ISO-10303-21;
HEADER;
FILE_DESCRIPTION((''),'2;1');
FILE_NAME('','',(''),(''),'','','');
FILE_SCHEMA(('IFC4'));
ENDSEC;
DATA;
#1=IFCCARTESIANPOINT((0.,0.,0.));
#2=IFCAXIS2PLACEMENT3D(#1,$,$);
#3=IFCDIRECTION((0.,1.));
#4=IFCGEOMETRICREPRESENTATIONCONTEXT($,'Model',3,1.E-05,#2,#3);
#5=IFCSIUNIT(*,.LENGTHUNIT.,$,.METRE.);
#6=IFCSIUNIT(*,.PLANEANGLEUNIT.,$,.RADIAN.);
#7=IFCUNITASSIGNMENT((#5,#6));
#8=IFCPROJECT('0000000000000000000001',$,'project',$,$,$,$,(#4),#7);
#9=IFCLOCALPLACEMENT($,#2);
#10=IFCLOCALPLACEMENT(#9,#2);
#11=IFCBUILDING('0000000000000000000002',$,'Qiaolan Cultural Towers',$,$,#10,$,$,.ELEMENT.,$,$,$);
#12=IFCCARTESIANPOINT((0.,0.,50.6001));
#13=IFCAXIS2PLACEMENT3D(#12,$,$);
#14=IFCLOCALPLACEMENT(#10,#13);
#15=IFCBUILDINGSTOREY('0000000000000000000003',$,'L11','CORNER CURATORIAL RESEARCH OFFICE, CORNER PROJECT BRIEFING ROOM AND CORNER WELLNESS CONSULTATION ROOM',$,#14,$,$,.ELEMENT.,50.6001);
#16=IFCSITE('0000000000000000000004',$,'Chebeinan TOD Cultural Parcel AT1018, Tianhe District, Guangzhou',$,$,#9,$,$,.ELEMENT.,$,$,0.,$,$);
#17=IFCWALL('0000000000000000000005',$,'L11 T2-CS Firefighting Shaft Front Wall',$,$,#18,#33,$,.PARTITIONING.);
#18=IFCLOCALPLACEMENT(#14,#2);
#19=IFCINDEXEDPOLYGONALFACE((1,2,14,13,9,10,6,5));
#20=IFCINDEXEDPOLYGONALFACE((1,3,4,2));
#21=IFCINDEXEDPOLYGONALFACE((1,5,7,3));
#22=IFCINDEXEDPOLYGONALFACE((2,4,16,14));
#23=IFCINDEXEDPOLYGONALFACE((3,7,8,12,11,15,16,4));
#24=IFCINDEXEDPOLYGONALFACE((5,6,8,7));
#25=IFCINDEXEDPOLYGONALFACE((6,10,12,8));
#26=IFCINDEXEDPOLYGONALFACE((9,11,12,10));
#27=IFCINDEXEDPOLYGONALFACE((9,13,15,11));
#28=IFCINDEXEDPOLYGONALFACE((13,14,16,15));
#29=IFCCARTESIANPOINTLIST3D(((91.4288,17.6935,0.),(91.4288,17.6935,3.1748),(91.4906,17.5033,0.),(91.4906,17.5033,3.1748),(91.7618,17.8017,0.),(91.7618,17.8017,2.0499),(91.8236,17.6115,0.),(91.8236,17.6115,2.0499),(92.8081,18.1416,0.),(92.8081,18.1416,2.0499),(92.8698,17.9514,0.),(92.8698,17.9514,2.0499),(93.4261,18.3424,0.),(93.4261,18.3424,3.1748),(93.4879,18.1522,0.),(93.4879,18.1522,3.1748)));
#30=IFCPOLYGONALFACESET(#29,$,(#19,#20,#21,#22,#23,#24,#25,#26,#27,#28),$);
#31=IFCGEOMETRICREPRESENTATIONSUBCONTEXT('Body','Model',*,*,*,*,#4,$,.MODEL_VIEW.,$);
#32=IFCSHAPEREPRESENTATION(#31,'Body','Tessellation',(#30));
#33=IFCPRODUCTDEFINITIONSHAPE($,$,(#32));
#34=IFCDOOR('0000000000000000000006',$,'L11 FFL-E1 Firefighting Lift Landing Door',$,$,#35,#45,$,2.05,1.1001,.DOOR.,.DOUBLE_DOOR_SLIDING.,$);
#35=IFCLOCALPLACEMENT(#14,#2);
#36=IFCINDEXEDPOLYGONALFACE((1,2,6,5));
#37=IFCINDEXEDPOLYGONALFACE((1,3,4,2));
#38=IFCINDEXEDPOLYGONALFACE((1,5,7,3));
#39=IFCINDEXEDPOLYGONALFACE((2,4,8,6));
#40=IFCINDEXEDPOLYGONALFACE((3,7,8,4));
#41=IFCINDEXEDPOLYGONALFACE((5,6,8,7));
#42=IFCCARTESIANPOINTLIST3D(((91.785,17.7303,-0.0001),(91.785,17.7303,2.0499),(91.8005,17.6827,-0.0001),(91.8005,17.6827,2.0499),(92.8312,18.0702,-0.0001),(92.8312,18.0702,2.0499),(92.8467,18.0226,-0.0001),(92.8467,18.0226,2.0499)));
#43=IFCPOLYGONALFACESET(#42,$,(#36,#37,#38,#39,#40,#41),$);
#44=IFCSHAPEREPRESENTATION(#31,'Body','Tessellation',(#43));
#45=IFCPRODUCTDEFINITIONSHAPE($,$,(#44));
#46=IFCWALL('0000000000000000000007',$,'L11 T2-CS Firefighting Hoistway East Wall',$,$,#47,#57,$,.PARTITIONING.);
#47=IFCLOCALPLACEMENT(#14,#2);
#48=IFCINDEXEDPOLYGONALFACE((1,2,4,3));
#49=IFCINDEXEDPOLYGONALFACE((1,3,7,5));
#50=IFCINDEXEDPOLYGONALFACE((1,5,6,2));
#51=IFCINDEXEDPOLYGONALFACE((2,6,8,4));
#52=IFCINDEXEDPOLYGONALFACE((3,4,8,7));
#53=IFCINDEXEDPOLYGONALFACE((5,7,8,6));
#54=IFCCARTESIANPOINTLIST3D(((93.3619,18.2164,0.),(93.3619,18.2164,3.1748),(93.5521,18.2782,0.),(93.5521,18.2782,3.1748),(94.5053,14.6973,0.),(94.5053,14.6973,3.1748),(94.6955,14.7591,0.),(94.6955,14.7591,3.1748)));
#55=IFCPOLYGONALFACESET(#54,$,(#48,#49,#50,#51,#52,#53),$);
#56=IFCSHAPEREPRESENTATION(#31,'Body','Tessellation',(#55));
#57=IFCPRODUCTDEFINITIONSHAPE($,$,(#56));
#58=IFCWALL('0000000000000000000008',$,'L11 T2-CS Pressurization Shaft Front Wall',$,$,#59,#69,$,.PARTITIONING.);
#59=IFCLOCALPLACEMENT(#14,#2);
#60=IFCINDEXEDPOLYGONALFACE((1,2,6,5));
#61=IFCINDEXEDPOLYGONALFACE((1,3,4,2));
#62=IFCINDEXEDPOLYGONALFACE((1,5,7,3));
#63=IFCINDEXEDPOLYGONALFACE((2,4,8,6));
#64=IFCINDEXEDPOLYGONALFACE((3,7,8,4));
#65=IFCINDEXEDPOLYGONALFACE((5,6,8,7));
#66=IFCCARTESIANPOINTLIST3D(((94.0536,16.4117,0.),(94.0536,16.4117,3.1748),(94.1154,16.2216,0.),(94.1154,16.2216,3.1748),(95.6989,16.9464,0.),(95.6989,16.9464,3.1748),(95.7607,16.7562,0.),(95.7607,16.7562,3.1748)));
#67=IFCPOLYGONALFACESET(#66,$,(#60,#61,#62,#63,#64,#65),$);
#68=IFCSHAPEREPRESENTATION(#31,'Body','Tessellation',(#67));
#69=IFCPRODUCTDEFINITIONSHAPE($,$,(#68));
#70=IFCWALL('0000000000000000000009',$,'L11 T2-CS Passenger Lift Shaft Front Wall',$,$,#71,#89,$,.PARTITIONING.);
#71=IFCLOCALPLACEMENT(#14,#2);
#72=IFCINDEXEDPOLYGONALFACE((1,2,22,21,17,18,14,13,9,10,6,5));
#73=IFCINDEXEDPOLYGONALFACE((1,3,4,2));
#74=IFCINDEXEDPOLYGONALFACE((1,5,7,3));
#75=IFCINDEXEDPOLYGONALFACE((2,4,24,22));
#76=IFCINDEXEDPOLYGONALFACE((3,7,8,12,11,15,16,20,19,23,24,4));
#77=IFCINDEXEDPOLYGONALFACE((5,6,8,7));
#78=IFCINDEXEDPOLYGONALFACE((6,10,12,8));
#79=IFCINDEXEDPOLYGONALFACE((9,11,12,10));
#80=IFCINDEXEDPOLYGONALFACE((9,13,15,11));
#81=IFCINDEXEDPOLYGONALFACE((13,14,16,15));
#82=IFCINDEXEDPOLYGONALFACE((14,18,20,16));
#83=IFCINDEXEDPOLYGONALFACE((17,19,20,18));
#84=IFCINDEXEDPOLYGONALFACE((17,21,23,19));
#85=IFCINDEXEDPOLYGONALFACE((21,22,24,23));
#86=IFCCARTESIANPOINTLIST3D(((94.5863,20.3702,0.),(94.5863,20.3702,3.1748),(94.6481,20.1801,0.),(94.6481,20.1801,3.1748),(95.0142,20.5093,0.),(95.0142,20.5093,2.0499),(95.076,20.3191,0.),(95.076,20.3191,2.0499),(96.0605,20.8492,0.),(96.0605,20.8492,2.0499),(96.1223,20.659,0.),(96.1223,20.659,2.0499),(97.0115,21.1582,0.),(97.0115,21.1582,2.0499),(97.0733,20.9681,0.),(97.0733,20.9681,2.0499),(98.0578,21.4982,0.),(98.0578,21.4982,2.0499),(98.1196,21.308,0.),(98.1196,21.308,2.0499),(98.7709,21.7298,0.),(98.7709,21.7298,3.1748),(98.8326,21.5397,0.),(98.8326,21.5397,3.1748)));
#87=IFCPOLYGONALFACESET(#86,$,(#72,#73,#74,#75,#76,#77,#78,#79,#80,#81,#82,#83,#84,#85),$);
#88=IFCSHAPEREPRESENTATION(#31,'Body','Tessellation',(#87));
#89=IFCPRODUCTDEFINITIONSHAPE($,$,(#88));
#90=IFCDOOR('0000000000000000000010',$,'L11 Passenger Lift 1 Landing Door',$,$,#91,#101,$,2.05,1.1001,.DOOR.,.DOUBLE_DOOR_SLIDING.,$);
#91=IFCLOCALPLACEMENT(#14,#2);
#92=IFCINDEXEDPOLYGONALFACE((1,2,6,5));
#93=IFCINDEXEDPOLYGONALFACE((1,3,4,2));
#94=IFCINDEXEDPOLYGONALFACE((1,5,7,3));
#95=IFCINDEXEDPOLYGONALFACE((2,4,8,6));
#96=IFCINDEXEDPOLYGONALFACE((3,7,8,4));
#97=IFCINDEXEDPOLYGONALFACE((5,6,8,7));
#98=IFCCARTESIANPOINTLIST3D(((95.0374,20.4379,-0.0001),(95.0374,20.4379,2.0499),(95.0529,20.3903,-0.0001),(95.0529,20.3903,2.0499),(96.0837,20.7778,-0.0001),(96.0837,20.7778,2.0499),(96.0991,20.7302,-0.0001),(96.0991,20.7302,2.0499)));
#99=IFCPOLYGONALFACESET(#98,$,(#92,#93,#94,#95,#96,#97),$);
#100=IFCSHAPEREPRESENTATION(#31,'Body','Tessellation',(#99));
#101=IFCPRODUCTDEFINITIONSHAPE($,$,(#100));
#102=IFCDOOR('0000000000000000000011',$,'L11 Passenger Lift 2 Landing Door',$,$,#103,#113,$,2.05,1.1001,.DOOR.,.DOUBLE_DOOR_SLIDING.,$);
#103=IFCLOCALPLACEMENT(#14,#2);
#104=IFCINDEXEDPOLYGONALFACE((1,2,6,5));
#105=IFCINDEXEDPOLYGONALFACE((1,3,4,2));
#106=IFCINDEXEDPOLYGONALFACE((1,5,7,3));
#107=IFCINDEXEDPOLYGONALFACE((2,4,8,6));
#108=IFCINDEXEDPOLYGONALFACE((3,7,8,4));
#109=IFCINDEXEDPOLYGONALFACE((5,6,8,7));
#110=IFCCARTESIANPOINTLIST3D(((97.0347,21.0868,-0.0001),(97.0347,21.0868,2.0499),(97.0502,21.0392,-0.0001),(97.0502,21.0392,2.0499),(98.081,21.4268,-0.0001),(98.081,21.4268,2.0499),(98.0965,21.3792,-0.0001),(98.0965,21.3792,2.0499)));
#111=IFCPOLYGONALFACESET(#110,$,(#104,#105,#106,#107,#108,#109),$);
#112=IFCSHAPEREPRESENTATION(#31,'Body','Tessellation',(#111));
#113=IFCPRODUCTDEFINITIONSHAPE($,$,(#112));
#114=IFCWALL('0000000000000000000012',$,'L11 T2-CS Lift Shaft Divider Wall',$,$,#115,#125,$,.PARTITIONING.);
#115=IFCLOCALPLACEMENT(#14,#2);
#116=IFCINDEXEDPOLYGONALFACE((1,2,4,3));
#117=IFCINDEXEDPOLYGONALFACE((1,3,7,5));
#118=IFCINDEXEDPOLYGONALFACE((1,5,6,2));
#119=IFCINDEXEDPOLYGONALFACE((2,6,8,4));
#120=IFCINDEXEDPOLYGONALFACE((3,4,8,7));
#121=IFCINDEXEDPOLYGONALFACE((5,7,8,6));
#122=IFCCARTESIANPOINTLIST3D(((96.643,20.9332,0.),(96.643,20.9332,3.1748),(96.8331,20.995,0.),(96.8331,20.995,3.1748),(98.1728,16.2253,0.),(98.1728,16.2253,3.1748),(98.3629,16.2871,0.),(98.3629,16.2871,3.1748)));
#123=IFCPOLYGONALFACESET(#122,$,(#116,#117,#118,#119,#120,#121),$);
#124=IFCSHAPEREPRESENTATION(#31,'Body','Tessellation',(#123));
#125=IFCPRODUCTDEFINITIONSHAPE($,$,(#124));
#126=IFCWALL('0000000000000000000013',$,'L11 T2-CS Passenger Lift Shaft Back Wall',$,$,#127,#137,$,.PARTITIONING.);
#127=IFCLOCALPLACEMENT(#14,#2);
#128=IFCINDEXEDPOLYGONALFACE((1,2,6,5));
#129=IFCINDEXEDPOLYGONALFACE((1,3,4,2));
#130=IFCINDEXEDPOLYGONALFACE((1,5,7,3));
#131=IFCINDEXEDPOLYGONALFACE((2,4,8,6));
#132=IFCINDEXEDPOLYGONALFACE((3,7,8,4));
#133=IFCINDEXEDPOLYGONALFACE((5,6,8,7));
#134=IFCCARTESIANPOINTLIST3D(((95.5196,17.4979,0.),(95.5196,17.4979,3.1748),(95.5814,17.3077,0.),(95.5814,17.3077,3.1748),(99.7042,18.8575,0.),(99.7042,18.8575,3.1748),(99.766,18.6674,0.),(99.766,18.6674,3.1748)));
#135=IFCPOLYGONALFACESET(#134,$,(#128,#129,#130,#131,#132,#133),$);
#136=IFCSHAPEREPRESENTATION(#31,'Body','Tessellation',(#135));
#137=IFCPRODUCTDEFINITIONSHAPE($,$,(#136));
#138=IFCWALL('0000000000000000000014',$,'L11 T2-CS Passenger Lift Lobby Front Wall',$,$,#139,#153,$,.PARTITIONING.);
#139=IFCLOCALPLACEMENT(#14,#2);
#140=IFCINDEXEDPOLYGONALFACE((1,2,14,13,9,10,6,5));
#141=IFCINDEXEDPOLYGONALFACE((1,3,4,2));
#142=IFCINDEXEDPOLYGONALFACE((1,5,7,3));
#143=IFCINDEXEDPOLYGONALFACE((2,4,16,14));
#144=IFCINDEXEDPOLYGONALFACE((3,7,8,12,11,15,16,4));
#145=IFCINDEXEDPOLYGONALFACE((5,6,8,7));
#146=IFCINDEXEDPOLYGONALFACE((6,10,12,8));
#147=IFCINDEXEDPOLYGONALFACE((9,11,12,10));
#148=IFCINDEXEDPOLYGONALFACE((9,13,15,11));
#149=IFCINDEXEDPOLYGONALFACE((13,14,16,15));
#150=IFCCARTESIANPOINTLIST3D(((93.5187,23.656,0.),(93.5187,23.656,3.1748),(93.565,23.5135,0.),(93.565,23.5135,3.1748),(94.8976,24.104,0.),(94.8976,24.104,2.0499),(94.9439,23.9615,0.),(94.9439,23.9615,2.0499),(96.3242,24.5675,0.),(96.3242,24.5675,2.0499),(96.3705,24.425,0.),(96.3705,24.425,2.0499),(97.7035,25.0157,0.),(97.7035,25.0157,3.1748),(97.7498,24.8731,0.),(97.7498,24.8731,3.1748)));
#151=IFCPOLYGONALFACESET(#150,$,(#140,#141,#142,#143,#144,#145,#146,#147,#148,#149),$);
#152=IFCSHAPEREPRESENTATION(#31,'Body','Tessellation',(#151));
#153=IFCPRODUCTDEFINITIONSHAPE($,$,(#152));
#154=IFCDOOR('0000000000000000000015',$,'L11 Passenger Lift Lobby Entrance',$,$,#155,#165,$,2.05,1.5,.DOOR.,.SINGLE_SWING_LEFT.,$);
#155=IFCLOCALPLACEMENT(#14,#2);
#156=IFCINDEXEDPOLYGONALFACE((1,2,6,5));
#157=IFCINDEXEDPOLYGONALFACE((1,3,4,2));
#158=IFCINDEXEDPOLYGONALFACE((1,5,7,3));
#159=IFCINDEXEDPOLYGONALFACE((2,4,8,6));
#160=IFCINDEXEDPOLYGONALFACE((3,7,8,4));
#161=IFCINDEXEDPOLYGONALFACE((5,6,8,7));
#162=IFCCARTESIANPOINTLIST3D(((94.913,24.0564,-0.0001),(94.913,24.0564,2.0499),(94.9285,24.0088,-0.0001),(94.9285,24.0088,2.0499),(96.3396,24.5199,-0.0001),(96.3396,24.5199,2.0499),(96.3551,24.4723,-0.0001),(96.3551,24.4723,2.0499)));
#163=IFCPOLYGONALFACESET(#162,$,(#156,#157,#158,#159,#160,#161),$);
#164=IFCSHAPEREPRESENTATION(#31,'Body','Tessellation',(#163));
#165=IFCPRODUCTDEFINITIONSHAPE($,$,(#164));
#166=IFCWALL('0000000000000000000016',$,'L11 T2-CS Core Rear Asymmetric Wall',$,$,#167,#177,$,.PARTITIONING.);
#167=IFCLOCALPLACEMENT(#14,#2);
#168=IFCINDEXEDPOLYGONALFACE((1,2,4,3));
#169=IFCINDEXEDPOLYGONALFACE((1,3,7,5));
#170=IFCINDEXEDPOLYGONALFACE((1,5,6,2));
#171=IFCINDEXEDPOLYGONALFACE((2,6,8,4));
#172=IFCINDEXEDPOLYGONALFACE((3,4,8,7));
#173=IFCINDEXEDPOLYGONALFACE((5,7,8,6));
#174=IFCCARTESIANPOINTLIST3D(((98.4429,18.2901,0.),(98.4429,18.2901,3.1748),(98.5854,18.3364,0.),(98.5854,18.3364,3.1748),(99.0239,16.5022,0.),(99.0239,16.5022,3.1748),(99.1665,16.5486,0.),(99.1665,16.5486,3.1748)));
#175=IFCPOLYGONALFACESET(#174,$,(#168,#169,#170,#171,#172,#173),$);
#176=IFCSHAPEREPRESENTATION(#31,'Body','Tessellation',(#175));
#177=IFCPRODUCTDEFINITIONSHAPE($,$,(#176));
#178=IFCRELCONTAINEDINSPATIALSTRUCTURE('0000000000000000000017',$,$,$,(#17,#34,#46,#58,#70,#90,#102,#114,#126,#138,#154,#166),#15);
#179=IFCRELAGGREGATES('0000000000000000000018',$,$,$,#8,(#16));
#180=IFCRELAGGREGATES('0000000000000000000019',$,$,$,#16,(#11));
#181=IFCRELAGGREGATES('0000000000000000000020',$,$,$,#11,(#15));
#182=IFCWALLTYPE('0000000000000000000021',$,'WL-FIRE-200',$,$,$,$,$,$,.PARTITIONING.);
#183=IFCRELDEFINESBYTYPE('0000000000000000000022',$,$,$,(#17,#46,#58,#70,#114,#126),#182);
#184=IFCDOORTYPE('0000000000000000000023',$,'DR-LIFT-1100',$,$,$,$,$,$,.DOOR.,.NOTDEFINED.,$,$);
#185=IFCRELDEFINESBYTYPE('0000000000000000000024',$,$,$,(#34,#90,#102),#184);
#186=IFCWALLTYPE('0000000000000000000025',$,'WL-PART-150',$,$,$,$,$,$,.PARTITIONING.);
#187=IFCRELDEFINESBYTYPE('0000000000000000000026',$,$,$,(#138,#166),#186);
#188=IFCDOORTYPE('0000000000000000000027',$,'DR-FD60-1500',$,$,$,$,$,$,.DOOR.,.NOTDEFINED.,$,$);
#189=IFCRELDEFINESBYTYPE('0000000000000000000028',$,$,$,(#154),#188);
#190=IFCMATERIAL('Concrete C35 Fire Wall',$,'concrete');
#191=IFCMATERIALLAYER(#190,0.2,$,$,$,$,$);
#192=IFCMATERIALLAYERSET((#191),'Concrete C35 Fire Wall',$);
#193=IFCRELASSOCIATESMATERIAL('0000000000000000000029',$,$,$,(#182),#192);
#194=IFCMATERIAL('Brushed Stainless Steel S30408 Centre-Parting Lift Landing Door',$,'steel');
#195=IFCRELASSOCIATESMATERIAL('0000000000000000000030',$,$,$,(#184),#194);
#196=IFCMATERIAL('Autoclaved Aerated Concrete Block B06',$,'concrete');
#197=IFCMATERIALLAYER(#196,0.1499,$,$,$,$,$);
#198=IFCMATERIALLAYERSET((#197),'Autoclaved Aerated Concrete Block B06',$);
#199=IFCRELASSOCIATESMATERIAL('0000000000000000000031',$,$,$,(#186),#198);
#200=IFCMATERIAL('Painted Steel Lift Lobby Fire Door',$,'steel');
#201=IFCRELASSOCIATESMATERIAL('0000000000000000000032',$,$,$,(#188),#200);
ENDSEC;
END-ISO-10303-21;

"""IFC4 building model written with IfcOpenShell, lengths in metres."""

from ifc_helpers import new_model, si_unit, direction, frame, frame_2d, origin, place, context, subcontext, project, spatial, rectangle, extrude, material, layer, layer_set, type_object, element, fill, save


model = new_model("IFC4")

# Units and contexts
model_context = context("Model", 3, precision=1e-05, world=origin(), true_north=direction((0.0, 1.0)))
body_context = subcontext(model_context, "Body", "Model", "MODEL_VIEW")
ifc_project = project(units=[si_unit("LENGTHUNIT", "METRE"), si_unit("PLANEANGLEUNIT", "RADIAN")], contexts=[model_context])

# Site, building, storey
site_placement = place(None, origin())
site = spatial("IfcSite", under=ifc_project, at=site_placement, Name="Chebeinan TOD Cultural Parcel AT1018, Tianhe District, Guangzhou", CompositionType="ELEMENT", RefElevation=0.0)
building_placement = place(site_placement, origin())
building = spatial("IfcBuilding", under=site, at=building_placement, Name="Qiaolan Cultural Towers", CompositionType="ELEMENT")
storey_placement = place(building_placement, frame((0.0, 0.0, 50.6001)))
storey = spatial("IfcBuildingStorey", under=building, at=storey_placement, Name="L11", Description="CORNER CURATORIAL RESEARCH OFFICE, CORNER PROJECT BRIEFING ROOM AND CORNER WELLNESS CONSULTATION ROOM", CompositionType="ELEMENT", Elevation=50.6001)

# Shared definitions
ifc_material_1 = material(Name="Concrete C35 Fire Wall", Category="concrete")
ifc_layer_1 = layer(ifc_material_1, 0.2)
ifc_layer_set_1 = layer_set([ifc_layer_1], Name="Concrete C35 Fire Wall")
wall_type_1 = type_object("IfcWallType", Name="WL-FIRE-200", PredefinedType="PARTITIONING", material=ifc_layer_set_1)

# Wall, opening, door
wall_1_placement = place(storey_placement, frame((91.4597, 17.5984, 0.0), z_axis=(0.0, 0.0, 1.0), x_axis=(0.951062, 0.308999, 0.0)))
wall_1 = element("IfcWall", 1, at=wall_1_placement, inside=storey, type_object=wall_type_1, Name="L11 T2-CS Firefighting Shaft Front Wall", PredefinedType="PARTITIONING", context=body_context, shape_type="SweptSolid", body=[
    extrude(rectangle(XDim=2.1001, YDim=0.2, at=frame_2d((1.05, 0.0))), origin(), (0.0, 0.0, 1.0), 3.1748),
])
opening_1_placement = place(wall_1_placement, frame((0.3501, 0.0, 0.0)))
opening_1 = element("IfcOpeningElement", 2, at=opening_1_placement, cuts=wall_1, PredefinedType="OPENING", context=body_context, shape_type="SweptSolid", body=[
    extrude(rectangle(XDim=1.1001, YDim=2.05, at=frame_2d((0.55, 1.0249))), frame((0.0, 0.1099, 0.0), z_axis=(0.0, -1.0, 0.0), x_axis=(1.0, 0.0, 0.0)), (0.0, 0.0, 1.0), 0.22),
])
ifc_material_2 = material(Name="Brushed Stainless Steel S30408 Centre-Parting Lift Landing Door", Category="steel")
door_type_1 = type_object("IfcDoorType", Name="DR-LIFT-1100", OperationType="NOTDEFINED", PredefinedType="DOOR", material=ifc_material_2)
door_1_placement = place(opening_1_placement, origin())
door_1 = element("IfcDoor", 3, at=door_1_placement, inside=storey, type_object=door_type_1, Name="L11 FFL-E1 Firefighting Lift Landing Door", OperationType="DOUBLE_DOOR_SLIDING", OverallHeight=2.05, OverallWidth=1.1001, PredefinedType="DOOR", context=body_context, shape_type="SweptSolid", body=[
    extrude(rectangle(XDim=1.1001, YDim=2.05, at=frame_2d((0.55, 1.0249))), frame((0.0, 0.0249, 0.0), z_axis=(0.0, -1.0, 0.0), x_axis=(1.0, 0.0, 0.0)), (0.0, 0.0, 1.0), 0.05),
])
fill(opening_1, door_1)

# Walls
wall_2_placement = place(storey_placement, frame((93.457, 18.2473, 0.0), z_axis=(0.0, 0.0, 1.0), x_axis=(0.308994, -0.951064, 0.0)))
element("IfcWall", 4, at=wall_2_placement, inside=storey, type_object=wall_type_1, Name="L11 T2-CS Firefighting Hoistway East Wall", PredefinedType="PARTITIONING", context=body_context, shape_type="SweptSolid", body=[
    extrude(rectangle(XDim=3.7002, YDim=0.2, at=frame_2d((1.8501, 0.0))), origin(), (0.0, 0.0, 1.0), 3.1748),
])
wall_3_placement = place(storey_placement, frame((94.0845, 16.3167, 0.0), z_axis=(0.0, 0.0, 1.0), x_axis=(0.951041, 0.309064, 0.0)))
element("IfcWall", 5, at=wall_3_placement, inside=storey, type_object=wall_type_1, Name="L11 T2-CS Pressurization Shaft Front Wall", PredefinedType="PARTITIONING", context=body_context, shape_type="SweptSolid", body=[
    extrude(rectangle(XDim=1.73, YDim=0.2, at=frame_2d((0.865, 0.0))), origin(), (0.0, 0.0, 1.0), 3.1748),
])

# Wall, openings, doors
wall_4_placement = place(storey_placement, frame((94.6172, 20.2751, 0.0), z_axis=(0.0, 0.0, 1.0), x_axis=(0.951059, 0.309011, 0.0)))
wall_4 = element("IfcWall", 6, at=wall_4_placement, inside=storey, type_object=wall_type_1, Name="L11 T2-CS Passenger Lift Shaft Front Wall", PredefinedType="PARTITIONING", context=body_context, shape_type="SweptSolid", body=[
    extrude(rectangle(XDim=4.3999, YDim=0.2, at=frame_2d((2.2, 0.0))), origin(), (0.0, 0.0, 1.0), 3.1748),
])
opening_2_placement = place(wall_4_placement, frame((0.45, 0.0, 0.0)))
opening_2 = element("IfcOpeningElement", 7, at=opening_2_placement, cuts=wall_4, PredefinedType="OPENING", context=body_context, shape_type="SweptSolid", body=[
    extrude(rectangle(XDim=1.1001, YDim=2.05, at=frame_2d((0.55, 1.0249))), frame((0.0, 0.1099, 0.0), z_axis=(0.0, -1.0, 0.0), x_axis=(1.0, 0.0, 0.0)), (0.0, 0.0, 1.0), 0.22),
])
opening_3_placement = place(wall_4_placement, frame((2.55, 0.0, 0.0)))
opening_3 = element("IfcOpeningElement", 8, at=opening_3_placement, cuts=wall_4, PredefinedType="OPENING", context=body_context, shape_type="SweptSolid", body=[
    extrude(rectangle(XDim=1.1001, YDim=2.05, at=frame_2d((0.55, 1.0249))), frame((0.0, 0.1099, 0.0), z_axis=(0.0, -1.0, 0.0), x_axis=(1.0, 0.0, 0.0)), (0.0, 0.0, 1.0), 0.22),
])
door_2_placement = place(opening_2_placement, origin())
door_2 = element("IfcDoor", 9, at=door_2_placement, inside=storey, type_object=door_type_1, Name="L11 Passenger Lift 1 Landing Door", OperationType="DOUBLE_DOOR_SLIDING", OverallHeight=2.05, OverallWidth=1.1001, PredefinedType="DOOR", context=body_context, shape_type="SweptSolid", body=[
    extrude(rectangle(XDim=1.1001, YDim=2.05, at=frame_2d((0.55, 1.0249))), frame((0.0, 0.0249, 0.0), z_axis=(0.0, -1.0, 0.0), x_axis=(1.0, 0.0, 0.0)), (0.0, 0.0, 1.0), 0.05),
])
fill(opening_2, door_2)
door_3_placement = place(opening_3_placement, origin())
door_3 = element("IfcDoor", 10, at=door_3_placement, inside=storey, type_object=door_type_1, Name="L11 Passenger Lift 2 Landing Door", OperationType="DOUBLE_DOOR_SLIDING", OverallHeight=2.05, OverallWidth=1.1001, PredefinedType="DOOR", context=body_context, shape_type="SweptSolid", body=[
    extrude(rectangle(XDim=1.1001, YDim=2.05, at=frame_2d((0.55, 1.0249))), frame((0.0, 0.0249, 0.0), z_axis=(0.0, -1.0, 0.0), x_axis=(1.0, 0.0, 0.0)), (0.0, 0.0, 1.0), 0.05),
])
fill(opening_3, door_3)

# Walls
wall_5_placement = place(storey_placement, frame((96.738, 20.9641, 0.0), z_axis=(0.0, 0.0, 1.0), x_axis=(0.309043, -0.951048, 0.0)))
element("IfcWall", 11, at=wall_5_placement, inside=storey, type_object=wall_type_1, Name="L11 T2-CS Lift Shaft Divider Wall", PredefinedType="PARTITIONING", context=body_context, shape_type="SweptSolid", body=[
    extrude(rectangle(XDim=4.9502, YDim=0.2, at=frame_2d((2.4751, 0.0))), origin(), (0.0, 0.0, 1.0), 3.1748),
])
wall_6_placement = place(storey_placement, frame((95.5505, 17.4028, 0.0), z_axis=(0.0, 0.0, 1.0), x_axis=(0.951059, 0.309011, 0.0)))
element("IfcWall", 12, at=wall_6_placement, inside=storey, type_object=wall_type_1, Name="L11 T2-CS Passenger Lift Shaft Back Wall", PredefinedType="PARTITIONING", context=body_context, shape_type="SweptSolid", body=[
    extrude(rectangle(XDim=4.3999, YDim=0.2, at=frame_2d((2.2, 0.0))), origin(), (0.0, 0.0, 1.0), 3.1748),
])

# Wall, opening, door
ifc_material_3 = material(Name="Autoclaved Aerated Concrete Block B06", Category="concrete")
ifc_layer_2 = layer(ifc_material_3, 0.1499)
ifc_layer_set_2 = layer_set([ifc_layer_2], Name="Autoclaved Aerated Concrete Block B06")
wall_type_2 = type_object("IfcWallType", Name="WL-PART-150", PredefinedType="PARTITIONING", material=ifc_layer_set_2)
wall_7_placement = place(storey_placement, frame((93.5417, 23.5847, 0.0), z_axis=(0.0, 0.0, 1.0), x_axis=(0.951064, 0.308994, 0.0)))
wall_7 = element("IfcWall", 13, at=wall_7_placement, inside=storey, type_object=wall_type_2, Name="L11 T2-CS Passenger Lift Lobby Front Wall", PredefinedType="PARTITIONING", context=body_context, shape_type="SweptSolid", body=[
    extrude(rectangle(XDim=4.4001, YDim=0.1499, at=frame_2d((2.2002, 0.0))), origin(), (0.0, 0.0, 1.0), 3.1748),
])
opening_4_placement = place(wall_7_placement, frame((1.45, 0.0, 0.0)))
opening_4 = element("IfcOpeningElement", 14, at=opening_4_placement, cuts=wall_7, PredefinedType="OPENING", context=body_context, shape_type="SweptSolid", body=[
    extrude(rectangle(XDim=1.5, YDim=2.05, at=frame_2d((0.75, 1.0249))), frame((0.0, 0.085, 0.0), z_axis=(0.0, -1.0, 0.0), x_axis=(1.0, 0.0, 0.0)), (0.0, 0.0, 1.0), 0.1699),
])
ifc_material_4 = material(Name="Painted Steel Lift Lobby Fire Door", Category="steel")
door_type_2 = type_object("IfcDoorType", Name="DR-FD60-1500", OperationType="NOTDEFINED", PredefinedType="DOOR", material=ifc_material_4)
door_4_placement = place(opening_4_placement, origin())
door_4 = element("IfcDoor", 15, at=door_4_placement, inside=storey, type_object=door_type_2, Name="L11 Passenger Lift Lobby Entrance", OperationType="SINGLE_SWING_LEFT", OverallHeight=2.05, OverallWidth=1.5, PredefinedType="DOOR", context=body_context, shape_type="SweptSolid", body=[
    extrude(rectangle(XDim=1.5, YDim=2.05, at=frame_2d((0.75, 1.0249))), frame((0.0, 0.0249, 0.0), z_axis=(0.0, -1.0, 0.0), x_axis=(1.0, 0.0, 0.0)), (0.0, 0.0, 1.0), 0.05),
])
fill(opening_4, door_4)

# Wall
wall_8_placement = place(storey_placement, frame((98.5142, 18.3132, 0.0), z_axis=(0.0, 0.0, 1.0), x_axis=(0.309089, -0.951033, 0.0)))
element("IfcWall", 16, at=wall_8_placement, inside=storey, type_object=wall_type_2, Name="L11 T2-CS Core Rear Asymmetric Wall", PredefinedType="PARTITIONING", context=body_context, shape_type="SweptSolid", body=[
    extrude(rectangle(XDim=1.8799, YDim=0.1499, at=frame_2d((0.9399, 0.0))), origin(), (0.0, 0.0, 1.0), 3.1748),
])

save(model, "model.ifc")
